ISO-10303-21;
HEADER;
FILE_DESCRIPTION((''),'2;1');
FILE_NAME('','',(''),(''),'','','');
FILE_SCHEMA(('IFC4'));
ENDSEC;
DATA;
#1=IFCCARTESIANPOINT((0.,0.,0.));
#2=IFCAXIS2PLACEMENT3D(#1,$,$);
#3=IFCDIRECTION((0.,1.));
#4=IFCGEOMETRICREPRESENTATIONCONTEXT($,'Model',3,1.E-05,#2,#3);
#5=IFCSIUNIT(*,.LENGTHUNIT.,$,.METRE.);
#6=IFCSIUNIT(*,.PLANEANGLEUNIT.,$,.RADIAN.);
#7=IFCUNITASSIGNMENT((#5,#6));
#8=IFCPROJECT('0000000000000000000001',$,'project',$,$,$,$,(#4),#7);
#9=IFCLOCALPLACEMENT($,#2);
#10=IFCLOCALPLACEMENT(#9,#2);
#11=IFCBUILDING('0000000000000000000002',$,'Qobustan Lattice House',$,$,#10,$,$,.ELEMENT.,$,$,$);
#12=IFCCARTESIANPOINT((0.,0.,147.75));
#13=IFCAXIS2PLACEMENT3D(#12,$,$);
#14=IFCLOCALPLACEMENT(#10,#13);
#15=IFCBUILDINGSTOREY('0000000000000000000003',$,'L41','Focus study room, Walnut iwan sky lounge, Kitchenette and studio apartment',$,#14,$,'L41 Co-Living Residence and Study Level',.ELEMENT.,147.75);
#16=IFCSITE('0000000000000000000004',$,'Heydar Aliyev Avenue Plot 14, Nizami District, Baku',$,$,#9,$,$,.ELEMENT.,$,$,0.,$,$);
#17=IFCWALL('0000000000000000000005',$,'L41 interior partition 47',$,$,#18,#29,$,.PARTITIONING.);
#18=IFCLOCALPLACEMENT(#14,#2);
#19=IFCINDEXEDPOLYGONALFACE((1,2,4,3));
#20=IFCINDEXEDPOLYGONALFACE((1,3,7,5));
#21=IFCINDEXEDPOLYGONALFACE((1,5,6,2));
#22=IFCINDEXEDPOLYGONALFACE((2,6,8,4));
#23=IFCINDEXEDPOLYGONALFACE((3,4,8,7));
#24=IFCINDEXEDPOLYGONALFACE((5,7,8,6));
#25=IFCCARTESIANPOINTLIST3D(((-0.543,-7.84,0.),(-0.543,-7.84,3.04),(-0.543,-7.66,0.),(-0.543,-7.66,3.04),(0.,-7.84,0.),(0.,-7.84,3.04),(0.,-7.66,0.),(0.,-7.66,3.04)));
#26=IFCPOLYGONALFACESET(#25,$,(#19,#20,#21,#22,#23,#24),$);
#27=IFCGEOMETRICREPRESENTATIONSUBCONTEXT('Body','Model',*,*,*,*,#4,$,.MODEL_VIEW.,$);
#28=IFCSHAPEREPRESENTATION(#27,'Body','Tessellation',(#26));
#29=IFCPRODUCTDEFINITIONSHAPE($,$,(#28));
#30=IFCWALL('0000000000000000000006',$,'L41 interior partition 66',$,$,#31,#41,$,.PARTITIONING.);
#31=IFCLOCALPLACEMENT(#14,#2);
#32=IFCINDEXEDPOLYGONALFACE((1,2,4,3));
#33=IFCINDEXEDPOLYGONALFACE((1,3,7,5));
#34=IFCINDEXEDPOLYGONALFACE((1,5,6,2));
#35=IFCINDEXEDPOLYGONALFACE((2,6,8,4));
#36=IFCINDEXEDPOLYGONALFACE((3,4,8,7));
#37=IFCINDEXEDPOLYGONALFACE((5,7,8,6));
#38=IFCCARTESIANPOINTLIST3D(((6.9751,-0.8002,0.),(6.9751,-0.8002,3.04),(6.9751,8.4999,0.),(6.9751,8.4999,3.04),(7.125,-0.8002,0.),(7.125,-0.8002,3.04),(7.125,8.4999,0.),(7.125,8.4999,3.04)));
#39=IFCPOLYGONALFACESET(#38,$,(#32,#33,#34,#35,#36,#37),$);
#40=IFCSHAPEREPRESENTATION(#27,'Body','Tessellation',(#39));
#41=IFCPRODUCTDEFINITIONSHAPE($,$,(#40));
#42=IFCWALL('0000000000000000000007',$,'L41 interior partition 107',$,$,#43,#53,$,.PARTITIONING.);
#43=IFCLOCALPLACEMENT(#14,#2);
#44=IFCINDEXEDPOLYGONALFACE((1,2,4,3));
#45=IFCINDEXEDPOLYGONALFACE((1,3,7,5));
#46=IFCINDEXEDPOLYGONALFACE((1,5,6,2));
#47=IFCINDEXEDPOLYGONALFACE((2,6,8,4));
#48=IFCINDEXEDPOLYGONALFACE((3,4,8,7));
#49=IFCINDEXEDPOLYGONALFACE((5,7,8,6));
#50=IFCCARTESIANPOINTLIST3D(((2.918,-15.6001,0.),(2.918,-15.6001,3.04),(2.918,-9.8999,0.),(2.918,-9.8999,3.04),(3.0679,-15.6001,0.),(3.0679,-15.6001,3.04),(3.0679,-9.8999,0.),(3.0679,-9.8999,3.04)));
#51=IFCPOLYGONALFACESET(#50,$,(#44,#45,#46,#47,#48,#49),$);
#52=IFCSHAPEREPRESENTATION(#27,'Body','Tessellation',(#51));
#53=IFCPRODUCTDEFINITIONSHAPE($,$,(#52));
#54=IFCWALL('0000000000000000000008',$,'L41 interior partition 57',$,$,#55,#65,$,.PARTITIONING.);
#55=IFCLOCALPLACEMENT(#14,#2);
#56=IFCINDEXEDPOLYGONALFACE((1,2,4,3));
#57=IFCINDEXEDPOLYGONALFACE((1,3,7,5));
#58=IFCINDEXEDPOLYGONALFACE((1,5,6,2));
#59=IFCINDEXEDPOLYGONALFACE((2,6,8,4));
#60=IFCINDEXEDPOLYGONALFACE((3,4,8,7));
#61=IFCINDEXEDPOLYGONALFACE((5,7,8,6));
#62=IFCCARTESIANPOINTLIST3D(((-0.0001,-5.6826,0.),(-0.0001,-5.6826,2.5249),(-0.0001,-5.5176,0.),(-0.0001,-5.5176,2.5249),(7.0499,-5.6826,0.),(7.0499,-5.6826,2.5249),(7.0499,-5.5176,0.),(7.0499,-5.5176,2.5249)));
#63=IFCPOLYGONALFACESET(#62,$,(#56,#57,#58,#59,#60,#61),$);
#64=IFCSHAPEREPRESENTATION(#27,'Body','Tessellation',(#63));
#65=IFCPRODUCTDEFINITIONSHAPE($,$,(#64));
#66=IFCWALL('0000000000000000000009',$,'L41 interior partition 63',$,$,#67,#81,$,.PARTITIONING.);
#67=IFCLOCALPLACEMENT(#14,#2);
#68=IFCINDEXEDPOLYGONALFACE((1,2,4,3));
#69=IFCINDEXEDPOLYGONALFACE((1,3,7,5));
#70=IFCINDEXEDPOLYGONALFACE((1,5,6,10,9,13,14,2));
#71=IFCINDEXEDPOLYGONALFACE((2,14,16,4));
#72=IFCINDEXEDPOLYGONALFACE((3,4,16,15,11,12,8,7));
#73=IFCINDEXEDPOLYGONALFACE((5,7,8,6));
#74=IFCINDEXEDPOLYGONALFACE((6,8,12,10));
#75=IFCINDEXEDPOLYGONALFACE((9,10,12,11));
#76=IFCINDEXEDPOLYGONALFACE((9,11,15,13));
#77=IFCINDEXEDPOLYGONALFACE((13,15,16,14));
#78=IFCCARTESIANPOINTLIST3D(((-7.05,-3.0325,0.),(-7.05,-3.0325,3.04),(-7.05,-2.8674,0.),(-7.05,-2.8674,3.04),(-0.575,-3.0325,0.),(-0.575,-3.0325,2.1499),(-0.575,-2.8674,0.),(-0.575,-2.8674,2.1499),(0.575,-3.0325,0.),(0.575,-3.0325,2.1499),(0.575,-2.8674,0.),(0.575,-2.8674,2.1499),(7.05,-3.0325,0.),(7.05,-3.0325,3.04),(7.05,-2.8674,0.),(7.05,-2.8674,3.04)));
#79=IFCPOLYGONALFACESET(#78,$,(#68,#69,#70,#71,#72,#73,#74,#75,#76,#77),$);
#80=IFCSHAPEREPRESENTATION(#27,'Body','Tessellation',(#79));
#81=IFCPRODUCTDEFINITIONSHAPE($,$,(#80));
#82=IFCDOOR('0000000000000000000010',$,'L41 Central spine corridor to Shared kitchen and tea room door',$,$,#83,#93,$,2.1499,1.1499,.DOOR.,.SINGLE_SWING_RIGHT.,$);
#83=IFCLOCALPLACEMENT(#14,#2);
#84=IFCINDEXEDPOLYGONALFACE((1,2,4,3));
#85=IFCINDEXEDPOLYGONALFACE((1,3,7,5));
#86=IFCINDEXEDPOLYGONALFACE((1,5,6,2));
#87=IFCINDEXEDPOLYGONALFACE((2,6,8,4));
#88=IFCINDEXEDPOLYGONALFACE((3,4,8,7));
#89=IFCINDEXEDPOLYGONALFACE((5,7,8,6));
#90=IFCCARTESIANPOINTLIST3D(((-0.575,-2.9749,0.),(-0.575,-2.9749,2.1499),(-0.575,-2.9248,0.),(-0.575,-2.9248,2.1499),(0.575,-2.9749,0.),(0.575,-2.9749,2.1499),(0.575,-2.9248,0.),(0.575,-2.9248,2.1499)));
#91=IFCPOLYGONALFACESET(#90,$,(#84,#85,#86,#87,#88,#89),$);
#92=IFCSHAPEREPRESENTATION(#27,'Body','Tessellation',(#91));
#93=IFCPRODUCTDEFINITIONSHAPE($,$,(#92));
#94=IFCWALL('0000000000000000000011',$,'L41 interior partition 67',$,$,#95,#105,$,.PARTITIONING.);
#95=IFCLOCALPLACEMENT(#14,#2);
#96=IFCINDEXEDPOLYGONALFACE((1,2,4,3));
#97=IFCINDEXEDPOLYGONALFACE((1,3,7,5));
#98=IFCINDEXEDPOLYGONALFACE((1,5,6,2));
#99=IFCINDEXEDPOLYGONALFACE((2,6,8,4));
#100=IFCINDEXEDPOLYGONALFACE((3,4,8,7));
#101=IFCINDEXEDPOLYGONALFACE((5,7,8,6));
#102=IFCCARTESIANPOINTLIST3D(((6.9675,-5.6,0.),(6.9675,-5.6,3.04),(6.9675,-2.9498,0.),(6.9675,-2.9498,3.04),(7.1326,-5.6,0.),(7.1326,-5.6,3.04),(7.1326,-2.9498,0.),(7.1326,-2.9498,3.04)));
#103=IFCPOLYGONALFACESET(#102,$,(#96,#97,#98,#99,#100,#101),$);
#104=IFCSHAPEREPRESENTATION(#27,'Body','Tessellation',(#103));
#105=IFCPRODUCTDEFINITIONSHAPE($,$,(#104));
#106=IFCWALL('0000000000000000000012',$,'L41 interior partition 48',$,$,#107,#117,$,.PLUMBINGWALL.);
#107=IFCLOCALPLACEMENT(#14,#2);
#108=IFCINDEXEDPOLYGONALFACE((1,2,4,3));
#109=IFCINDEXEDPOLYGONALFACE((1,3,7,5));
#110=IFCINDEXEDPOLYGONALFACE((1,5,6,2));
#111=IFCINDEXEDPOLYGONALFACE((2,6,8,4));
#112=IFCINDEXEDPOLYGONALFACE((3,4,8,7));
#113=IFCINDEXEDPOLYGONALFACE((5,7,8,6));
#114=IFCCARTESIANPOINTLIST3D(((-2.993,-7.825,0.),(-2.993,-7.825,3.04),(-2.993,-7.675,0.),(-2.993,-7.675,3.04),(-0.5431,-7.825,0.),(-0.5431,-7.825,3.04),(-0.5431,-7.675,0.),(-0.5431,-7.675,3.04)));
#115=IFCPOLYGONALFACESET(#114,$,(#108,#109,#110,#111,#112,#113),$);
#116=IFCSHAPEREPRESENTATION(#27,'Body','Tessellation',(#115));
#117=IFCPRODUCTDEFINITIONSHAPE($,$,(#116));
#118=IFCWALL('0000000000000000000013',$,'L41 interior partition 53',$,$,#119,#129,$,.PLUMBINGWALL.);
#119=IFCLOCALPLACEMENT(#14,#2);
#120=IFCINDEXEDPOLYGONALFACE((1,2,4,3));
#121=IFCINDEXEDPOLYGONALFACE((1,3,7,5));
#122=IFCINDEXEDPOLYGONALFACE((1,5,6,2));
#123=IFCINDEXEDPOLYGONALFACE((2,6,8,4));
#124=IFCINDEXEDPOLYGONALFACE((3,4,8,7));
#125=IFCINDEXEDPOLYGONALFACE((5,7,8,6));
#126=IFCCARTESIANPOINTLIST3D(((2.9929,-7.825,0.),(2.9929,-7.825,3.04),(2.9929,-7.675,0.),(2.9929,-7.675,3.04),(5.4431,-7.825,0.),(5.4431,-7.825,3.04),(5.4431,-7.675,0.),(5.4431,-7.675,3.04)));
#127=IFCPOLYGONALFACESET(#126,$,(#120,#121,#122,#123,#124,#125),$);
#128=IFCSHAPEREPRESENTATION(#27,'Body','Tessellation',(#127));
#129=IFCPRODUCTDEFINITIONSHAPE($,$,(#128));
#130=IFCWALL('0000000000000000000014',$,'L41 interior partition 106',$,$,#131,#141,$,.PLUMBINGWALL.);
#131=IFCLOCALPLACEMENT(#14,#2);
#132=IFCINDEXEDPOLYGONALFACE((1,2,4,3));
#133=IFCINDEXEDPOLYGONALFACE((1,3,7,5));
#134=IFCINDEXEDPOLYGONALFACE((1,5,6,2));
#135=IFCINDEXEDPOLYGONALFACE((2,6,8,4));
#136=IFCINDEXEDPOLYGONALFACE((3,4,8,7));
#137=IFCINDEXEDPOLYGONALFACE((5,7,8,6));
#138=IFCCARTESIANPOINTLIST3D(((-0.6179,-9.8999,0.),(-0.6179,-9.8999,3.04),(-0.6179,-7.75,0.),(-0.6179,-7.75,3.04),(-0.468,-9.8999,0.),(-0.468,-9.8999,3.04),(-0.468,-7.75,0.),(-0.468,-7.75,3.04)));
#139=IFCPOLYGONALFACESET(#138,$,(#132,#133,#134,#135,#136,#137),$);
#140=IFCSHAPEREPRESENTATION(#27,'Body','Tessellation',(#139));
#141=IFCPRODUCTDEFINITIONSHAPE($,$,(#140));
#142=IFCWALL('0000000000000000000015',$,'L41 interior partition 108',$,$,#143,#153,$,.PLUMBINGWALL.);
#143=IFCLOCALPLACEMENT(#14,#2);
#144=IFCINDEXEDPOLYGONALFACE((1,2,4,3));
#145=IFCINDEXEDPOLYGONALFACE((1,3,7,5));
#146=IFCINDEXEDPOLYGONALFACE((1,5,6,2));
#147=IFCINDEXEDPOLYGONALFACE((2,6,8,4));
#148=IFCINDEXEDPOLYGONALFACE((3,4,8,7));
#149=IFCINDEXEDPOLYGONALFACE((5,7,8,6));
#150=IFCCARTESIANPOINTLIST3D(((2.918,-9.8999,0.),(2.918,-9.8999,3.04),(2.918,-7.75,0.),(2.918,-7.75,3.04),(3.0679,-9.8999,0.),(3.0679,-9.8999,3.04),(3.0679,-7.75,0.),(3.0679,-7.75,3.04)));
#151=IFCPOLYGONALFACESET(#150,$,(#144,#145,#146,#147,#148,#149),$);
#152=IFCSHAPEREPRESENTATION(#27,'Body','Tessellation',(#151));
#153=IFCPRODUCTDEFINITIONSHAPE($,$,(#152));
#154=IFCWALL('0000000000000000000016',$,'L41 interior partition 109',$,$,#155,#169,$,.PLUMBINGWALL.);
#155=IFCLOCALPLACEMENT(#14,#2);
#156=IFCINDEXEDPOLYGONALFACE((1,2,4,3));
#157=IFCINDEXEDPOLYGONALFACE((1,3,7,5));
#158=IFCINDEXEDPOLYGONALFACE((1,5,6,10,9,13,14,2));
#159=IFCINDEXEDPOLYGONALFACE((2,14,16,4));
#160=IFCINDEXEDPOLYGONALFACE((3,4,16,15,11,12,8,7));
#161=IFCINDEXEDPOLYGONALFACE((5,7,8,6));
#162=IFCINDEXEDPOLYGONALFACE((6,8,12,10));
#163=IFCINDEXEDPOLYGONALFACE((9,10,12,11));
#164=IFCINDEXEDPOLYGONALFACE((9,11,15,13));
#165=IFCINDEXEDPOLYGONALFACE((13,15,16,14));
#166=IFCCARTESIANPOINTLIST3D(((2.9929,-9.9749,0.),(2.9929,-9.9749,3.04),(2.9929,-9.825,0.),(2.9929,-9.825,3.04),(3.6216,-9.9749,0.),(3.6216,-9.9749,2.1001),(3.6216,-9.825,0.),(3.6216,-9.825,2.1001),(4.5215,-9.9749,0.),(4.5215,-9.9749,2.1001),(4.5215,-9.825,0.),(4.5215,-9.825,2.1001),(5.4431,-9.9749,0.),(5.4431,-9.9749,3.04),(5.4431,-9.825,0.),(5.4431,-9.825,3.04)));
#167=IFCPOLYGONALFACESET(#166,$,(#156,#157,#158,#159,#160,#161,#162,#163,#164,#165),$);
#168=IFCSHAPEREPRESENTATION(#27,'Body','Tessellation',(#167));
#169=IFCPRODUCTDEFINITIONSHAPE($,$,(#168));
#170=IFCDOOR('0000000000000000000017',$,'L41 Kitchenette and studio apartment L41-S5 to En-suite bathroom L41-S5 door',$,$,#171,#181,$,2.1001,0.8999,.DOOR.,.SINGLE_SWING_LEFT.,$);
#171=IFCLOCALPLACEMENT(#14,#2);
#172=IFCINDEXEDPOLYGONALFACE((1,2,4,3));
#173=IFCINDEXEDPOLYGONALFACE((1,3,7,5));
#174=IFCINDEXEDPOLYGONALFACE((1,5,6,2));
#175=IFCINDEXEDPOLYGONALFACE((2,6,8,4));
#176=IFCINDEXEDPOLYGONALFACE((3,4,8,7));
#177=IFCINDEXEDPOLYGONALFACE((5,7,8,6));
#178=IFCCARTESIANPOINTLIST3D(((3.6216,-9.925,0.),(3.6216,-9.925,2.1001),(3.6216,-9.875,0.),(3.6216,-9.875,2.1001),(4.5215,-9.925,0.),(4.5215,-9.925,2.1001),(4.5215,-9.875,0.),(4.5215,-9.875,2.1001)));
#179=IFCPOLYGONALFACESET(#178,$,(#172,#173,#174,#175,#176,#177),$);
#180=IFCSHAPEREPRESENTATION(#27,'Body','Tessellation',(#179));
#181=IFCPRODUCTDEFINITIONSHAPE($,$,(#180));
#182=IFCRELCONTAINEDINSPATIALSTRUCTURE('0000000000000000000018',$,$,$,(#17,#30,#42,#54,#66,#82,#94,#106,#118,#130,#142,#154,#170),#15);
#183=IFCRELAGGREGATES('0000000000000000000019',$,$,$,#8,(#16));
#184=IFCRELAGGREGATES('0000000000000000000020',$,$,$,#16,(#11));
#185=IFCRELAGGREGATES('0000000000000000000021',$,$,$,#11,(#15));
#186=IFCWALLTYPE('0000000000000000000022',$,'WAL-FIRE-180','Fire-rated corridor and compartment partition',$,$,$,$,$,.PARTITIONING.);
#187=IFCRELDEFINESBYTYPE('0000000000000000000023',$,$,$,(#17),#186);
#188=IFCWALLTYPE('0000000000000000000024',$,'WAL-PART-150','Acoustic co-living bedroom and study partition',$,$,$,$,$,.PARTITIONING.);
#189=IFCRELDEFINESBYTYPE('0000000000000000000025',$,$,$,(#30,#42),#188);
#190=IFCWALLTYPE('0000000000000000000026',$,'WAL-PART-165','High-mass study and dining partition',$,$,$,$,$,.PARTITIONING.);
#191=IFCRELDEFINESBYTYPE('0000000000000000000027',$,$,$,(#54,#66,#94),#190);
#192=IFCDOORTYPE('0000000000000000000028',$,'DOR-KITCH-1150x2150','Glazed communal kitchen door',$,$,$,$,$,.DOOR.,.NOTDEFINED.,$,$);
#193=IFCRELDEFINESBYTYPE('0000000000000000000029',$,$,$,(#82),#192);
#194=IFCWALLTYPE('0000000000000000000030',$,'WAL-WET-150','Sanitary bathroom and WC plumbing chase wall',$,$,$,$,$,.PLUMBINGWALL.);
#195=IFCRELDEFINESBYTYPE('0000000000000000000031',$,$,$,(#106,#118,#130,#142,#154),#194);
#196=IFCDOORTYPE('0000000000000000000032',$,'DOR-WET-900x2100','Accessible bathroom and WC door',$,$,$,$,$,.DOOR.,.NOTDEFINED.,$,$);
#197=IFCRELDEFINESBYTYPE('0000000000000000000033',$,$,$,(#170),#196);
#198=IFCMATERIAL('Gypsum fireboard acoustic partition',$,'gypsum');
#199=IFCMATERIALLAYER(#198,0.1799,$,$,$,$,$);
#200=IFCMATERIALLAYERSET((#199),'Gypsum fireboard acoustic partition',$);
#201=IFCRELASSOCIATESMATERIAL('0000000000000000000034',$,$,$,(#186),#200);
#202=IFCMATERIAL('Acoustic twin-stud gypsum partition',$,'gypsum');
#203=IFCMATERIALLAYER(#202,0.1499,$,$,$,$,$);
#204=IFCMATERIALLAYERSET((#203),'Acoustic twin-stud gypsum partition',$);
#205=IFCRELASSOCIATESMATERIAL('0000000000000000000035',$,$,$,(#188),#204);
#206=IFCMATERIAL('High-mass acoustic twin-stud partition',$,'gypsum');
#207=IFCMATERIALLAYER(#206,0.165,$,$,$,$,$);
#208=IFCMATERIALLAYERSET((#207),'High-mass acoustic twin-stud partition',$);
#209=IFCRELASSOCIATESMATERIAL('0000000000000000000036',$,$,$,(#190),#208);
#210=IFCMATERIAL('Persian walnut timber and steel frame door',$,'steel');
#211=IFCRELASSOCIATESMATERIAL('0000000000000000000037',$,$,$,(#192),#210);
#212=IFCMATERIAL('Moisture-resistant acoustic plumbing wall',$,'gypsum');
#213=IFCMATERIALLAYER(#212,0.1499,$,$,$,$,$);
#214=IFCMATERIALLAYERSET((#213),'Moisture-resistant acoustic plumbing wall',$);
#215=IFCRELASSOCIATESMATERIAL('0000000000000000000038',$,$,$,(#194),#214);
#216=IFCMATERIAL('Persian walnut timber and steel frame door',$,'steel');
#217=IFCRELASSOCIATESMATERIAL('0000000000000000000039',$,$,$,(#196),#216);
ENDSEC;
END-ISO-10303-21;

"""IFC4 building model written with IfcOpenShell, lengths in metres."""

from ifc_helpers import new_model, si_unit, direction, frame, frame_2d, origin, place, context, subcontext, project, spatial, rectangle, extrude, material, layer, layer_set, type_object, element, fill, save


model = new_model("IFC4")

# Units and contexts
model_context = context("Model", 3, precision=1e-05, world=origin(), true_north=direction((0.0, 1.0)))
body_context = subcontext(model_context, "Body", "Model", "MODEL_VIEW")
ifc_project = project(units=[si_unit("LENGTHUNIT", "METRE"), si_unit("PLANEANGLEUNIT", "RADIAN")], contexts=[model_context])

# Site, building, storey
site_placement = place(None, origin())
site = spatial("IfcSite", under=ifc_project, at=site_placement, Name="Heydar Aliyev Avenue Plot 14, Nizami District, Baku", CompositionType="ELEMENT", RefElevation=0.0)
building_placement = place(site_placement, origin())
building = spatial("IfcBuilding", under=site, at=building_placement, Name="Qobustan Lattice House", CompositionType="ELEMENT")
storey_placement = place(building_placement, frame((0.0, 0.0, 147.75)))
storey = spatial("IfcBuildingStorey", under=building, at=storey_placement, Name="L41", Description="Focus study room, Walnut iwan sky lounge, Kitchenette and studio apartment", LongName="L41 Co-Living Residence and Study Level", CompositionType="ELEMENT", Elevation=147.75)

# Wall
ifc_material_1 = material(Name="Gypsum fireboard acoustic partition", Category="gypsum")
ifc_layer_1 = layer(ifc_material_1, 0.1799)
ifc_layer_set_1 = layer_set([ifc_layer_1], Name="Gypsum fireboard acoustic partition")
wall_type_1 = type_object("IfcWallType", Name="WAL-FIRE-180", Description="Fire-rated corridor and compartment partition", PredefinedType="PARTITIONING", material=ifc_layer_set_1)
wall_1_placement = place(storey_placement, frame((0.0, -7.75, 0.0), z_axis=(0.0, 0.0, 1.0), x_axis=(-1.0, 0.0, 0.0)))
element("IfcWall", 1, at=wall_1_placement, inside=storey, type_object=wall_type_1, Name="L41 interior partition 47", PredefinedType="PARTITIONING", context=body_context, shape_type="SweptSolid", body=[
    extrude(rectangle(XDim=0.543, YDim=0.1799, at=frame_2d((0.2715, 0.0))), origin(), (0.0, 0.0, 1.0), 3.04),
])

# Walls
ifc_material_2 = material(Name="Acoustic twin-stud gypsum partition", Category="gypsum")
ifc_layer_2 = layer(ifc_material_2, 0.1499)
ifc_layer_set_2 = layer_set([ifc_layer_2], Name="Acoustic twin-stud gypsum partition")
wall_type_2 = type_object("IfcWallType", Name="WAL-PART-150", Description="Acoustic co-living bedroom and study partition", PredefinedType="PARTITIONING", material=ifc_layer_set_2)
wall_2_placement = place(storey_placement, frame((7.05, -0.8, 0.0), z_axis=(0.0, 0.0, 1.0), x_axis=(0.0, 1.0, 0.0)))
element("IfcWall", 2, at=wall_2_placement, inside=storey, type_object=wall_type_2, Name="L41 interior partition 66", PredefinedType="PARTITIONING", context=body_context, shape_type="SweptSolid", body=[
    extrude(rectangle(XDim=9.3, YDim=0.1499, at=frame_2d((4.6499, 0.0))), origin(), (0.0, 0.0, 1.0), 3.04),
])
wall_3_placement = place(storey_placement, frame((2.9929, -9.8999, 0.0), z_axis=(0.0, 0.0, 1.0), x_axis=(0.0, -1.0, 0.0)))
element("IfcWall", 3, at=wall_3_placement, inside=storey, type_object=wall_type_2, Name="L41 interior partition 107", PredefinedType="PARTITIONING", context=body_context, shape_type="SweptSolid", body=[
    extrude(rectangle(XDim=5.7002, YDim=0.1499, at=frame_2d((2.8501, 0.0))), origin(), (0.0, 0.0, 1.0), 3.04),
])
ifc_material_3 = material(Name="High-mass acoustic twin-stud partition", Category="gypsum")
ifc_layer_3 = layer(ifc_material_3, 0.165)
ifc_layer_set_3 = layer_set([ifc_layer_3], Name="High-mass acoustic twin-stud partition")
wall_type_3 = type_object("IfcWallType", Name="WAL-PART-165", Description="High-mass study and dining partition", PredefinedType="PARTITIONING", material=ifc_layer_set_3)
wall_4_placement = place(storey_placement, frame((0.0, -5.6001, 0.0), z_axis=(0.0, 0.0, 1.0), x_axis=(1.0, 0.0, 0.0)))
element("IfcWall", 4, at=wall_4_placement, inside=storey, type_object=wall_type_3, Name="L41 interior partition 57", PredefinedType="PARTITIONING", context=body_context, shape_type="SweptSolid", body=[
    extrude(rectangle(XDim=7.05, YDim=0.165, at=frame_2d((3.5249, 0.0))), origin(), (0.0, 0.0, 1.0), 2.5249),
])

# Wall, opening, door
wall_5_placement = place(storey_placement, frame((7.05, -2.95, 0.0), z_axis=(0.0, 0.0, 1.0), x_axis=(-1.0, 0.0, 0.0)))
wall_5 = element("IfcWall", 5, at=wall_5_placement, inside=storey, type_object=wall_type_3, Name="L41 interior partition 63", PredefinedType="PARTITIONING", context=body_context, shape_type="SweptSolid", body=[
    extrude(rectangle(XDim=14.1001, YDim=0.165, at=frame_2d((7.05, 0.0))), origin(), (0.0, 0.0, 1.0), 3.04),
])
opening_1_placement = place(wall_5_placement, frame((6.4751, 0.0, 0.0)))
opening_1 = element("IfcOpeningElement", 6, at=opening_1_placement, cuts=wall_5, PredefinedType="OPENING", context=body_context, shape_type="SweptSolid", body=[
    extrude(rectangle(XDim=1.1499, YDim=2.1499, at=frame_2d((0.575, 1.075))), frame((0.0, 0.0925, 0.0), z_axis=(0.0, -1.0, 0.0), x_axis=(1.0, 0.0, 0.0)), (0.0, 0.0, 1.0), 0.1851),
])
ifc_material_4 = material(Name="Persian walnut timber and steel frame door", Category="steel")
door_type_1 = type_object("IfcDoorType", Name="DOR-KITCH-1150x2150", Description="Glazed communal kitchen door", OperationType="NOTDEFINED", PredefinedType="DOOR", material=ifc_material_4)
door_1_placement = place(opening_1_placement, origin())
door_1 = element("IfcDoor", 7, at=door_1_placement, inside=storey, type_object=door_type_1, Name="L41 Central spine corridor to Shared kitchen and tea room door", OperationType="SINGLE_SWING_RIGHT", OverallHeight=2.1499, OverallWidth=1.1499, PredefinedType="DOOR", context=body_context, shape_type="SweptSolid", body=[
    extrude(rectangle(XDim=1.1499, YDim=2.1499, at=frame_2d((0.575, 1.075))), frame((0.0, 0.0249, 0.0), z_axis=(0.0, -1.0, 0.0), x_axis=(1.0, 0.0, 0.0)), (0.0, 0.0, 1.0), 0.05),
])
fill(opening_1, door_1)

# Walls
wall_6_placement = place(storey_placement, frame((7.05, -5.6001, 0.0), z_axis=(0.0, 0.0, 1.0), x_axis=(0.0, 1.0, 0.0)))
element("IfcWall", 8, at=wall_6_placement, inside=storey, type_object=wall_type_3, Name="L41 interior partition 67", PredefinedType="PARTITIONING", context=body_context, shape_type="SweptSolid", body=[
    extrude(rectangle(XDim=2.6501, YDim=0.165, at=frame_2d((1.3252, 0.0))), origin(), (0.0, 0.0, 1.0), 3.04),
])
ifc_material_5 = material(Name="Moisture-resistant acoustic plumbing wall", Category="gypsum")
ifc_layer_4 = layer(ifc_material_5, 0.1499)
ifc_layer_set_4 = layer_set([ifc_layer_4], Name="Moisture-resistant acoustic plumbing wall")
wall_type_4 = type_object("IfcWallType", Name="WAL-WET-150", Description="Sanitary bathroom and WC plumbing chase wall", PredefinedType="PLUMBINGWALL", material=ifc_layer_set_4)
wall_7_placement = place(storey_placement, frame((-0.543, -7.75, 0.0), z_axis=(0.0, 0.0, 1.0), x_axis=(-1.0, 0.0, 0.0)))
element("IfcWall", 9, at=wall_7_placement, inside=storey, type_object=wall_type_4, Name="L41 interior partition 48", PredefinedType="PLUMBINGWALL", context=body_context, shape_type="SweptSolid", body=[
    extrude(rectangle(XDim=2.45, YDim=0.1499, at=frame_2d((1.2251, 0.0))), origin(), (0.0, 0.0, 1.0), 3.04),
])
wall_8_placement = place(storey_placement, frame((5.4431, -7.75, 0.0), z_axis=(0.0, 0.0, 1.0), x_axis=(-1.0, 0.0, 0.0)))
element("IfcWall", 10, at=wall_8_placement, inside=storey, type_object=wall_type_4, Name="L41 interior partition 53", PredefinedType="PLUMBINGWALL", context=body_context, shape_type="SweptSolid", body=[
    extrude(rectangle(XDim=2.4502, YDim=0.1499, at=frame_2d((1.2251, 0.0))), origin(), (0.0, 0.0, 1.0), 3.04),
])
for number, where, z_axis, x_axis, name in (
    (11, (-0.543, -9.8999, 0.0), (0.0, 0.0, 1.0), (0.0, 1.0, 0.0), "L41 interior partition 106"),
    (12, (2.9929, -7.75, 0.0), (0.0, 0.0, 1.0), (0.0, -1.0, 0.0), "L41 interior partition 108"),
):
    element("IfcWall", number, at=place(storey_placement, frame(where, z_axis=z_axis, x_axis=x_axis)), inside=storey, type_object=wall_type_4, Name=name, PredefinedType="PLUMBINGWALL", context=body_context, shape_type="SweptSolid", body=[
        extrude(rectangle(XDim=2.1499, YDim=0.1499, at=frame_2d((1.075, 0.0))), origin(), (0.0, 0.0, 1.0), 3.04),
    ])

# Wall, opening, door
wall_9_placement = place(storey_placement, frame((2.9929, -9.8999, 0.0), z_axis=(0.0, 0.0, 1.0), x_axis=(1.0, 0.0, 0.0)))
wall_9 = element("IfcWall", 13, at=wall_9_placement, inside=storey, type_object=wall_type_4, Name="L41 interior partition 109", PredefinedType="PLUMBINGWALL", context=body_context, shape_type="SweptSolid", body=[
    extrude(rectangle(XDim=2.4502, YDim=0.1499, at=frame_2d((1.2251, 0.0))), origin(), (0.0, 0.0, 1.0), 3.04),
])
opening_2_placement = place(wall_9_placement, frame((0.6287, 0.0, 0.0)))
opening_2 = element("IfcOpeningElement", 14, at=opening_2_placement, cuts=wall_9, PredefinedType="OPENING", context=body_context, shape_type="SweptSolid", body=[
    extrude(rectangle(XDim=0.8999, YDim=2.1001, at=frame_2d((0.45, 1.05))), frame((0.0, 0.085, 0.0), z_axis=(0.0, -1.0, 0.0), x_axis=(1.0, 0.0, 0.0)), (0.0, 0.0, 1.0), 0.1699),
])
ifc_material_6 = material(Name="Persian walnut timber and steel frame door", Category="steel")
door_type_2 = type_object("IfcDoorType", Name="DOR-WET-900x2100", Description="Accessible bathroom and WC door", OperationType="NOTDEFINED", PredefinedType="DOOR", material=ifc_material_6)
door_2_placement = place(opening_2_placement, origin())
door_2 = element("IfcDoor", 15, at=door_2_placement, inside=storey, type_object=door_type_2, Name="L41 Kitchenette and studio apartment L41-S5 to En-suite bathroom L41-S5 door", OperationType="SINGLE_SWING_LEFT", OverallHeight=2.1001, OverallWidth=0.8999, PredefinedType="DOOR", context=body_context, shape_type="SweptSolid", body=[
    extrude(rectangle(XDim=0.8999, YDim=2.1001, at=frame_2d((0.45, 1.05))), frame((0.0, 0.0249, 0.0), z_axis=(0.0, -1.0, 0.0), x_axis=(1.0, 0.0, 0.0)), (0.0, 0.0, 1.0), 0.05),
])
fill(opening_2, door_2)

save(model, "model.ifc")
